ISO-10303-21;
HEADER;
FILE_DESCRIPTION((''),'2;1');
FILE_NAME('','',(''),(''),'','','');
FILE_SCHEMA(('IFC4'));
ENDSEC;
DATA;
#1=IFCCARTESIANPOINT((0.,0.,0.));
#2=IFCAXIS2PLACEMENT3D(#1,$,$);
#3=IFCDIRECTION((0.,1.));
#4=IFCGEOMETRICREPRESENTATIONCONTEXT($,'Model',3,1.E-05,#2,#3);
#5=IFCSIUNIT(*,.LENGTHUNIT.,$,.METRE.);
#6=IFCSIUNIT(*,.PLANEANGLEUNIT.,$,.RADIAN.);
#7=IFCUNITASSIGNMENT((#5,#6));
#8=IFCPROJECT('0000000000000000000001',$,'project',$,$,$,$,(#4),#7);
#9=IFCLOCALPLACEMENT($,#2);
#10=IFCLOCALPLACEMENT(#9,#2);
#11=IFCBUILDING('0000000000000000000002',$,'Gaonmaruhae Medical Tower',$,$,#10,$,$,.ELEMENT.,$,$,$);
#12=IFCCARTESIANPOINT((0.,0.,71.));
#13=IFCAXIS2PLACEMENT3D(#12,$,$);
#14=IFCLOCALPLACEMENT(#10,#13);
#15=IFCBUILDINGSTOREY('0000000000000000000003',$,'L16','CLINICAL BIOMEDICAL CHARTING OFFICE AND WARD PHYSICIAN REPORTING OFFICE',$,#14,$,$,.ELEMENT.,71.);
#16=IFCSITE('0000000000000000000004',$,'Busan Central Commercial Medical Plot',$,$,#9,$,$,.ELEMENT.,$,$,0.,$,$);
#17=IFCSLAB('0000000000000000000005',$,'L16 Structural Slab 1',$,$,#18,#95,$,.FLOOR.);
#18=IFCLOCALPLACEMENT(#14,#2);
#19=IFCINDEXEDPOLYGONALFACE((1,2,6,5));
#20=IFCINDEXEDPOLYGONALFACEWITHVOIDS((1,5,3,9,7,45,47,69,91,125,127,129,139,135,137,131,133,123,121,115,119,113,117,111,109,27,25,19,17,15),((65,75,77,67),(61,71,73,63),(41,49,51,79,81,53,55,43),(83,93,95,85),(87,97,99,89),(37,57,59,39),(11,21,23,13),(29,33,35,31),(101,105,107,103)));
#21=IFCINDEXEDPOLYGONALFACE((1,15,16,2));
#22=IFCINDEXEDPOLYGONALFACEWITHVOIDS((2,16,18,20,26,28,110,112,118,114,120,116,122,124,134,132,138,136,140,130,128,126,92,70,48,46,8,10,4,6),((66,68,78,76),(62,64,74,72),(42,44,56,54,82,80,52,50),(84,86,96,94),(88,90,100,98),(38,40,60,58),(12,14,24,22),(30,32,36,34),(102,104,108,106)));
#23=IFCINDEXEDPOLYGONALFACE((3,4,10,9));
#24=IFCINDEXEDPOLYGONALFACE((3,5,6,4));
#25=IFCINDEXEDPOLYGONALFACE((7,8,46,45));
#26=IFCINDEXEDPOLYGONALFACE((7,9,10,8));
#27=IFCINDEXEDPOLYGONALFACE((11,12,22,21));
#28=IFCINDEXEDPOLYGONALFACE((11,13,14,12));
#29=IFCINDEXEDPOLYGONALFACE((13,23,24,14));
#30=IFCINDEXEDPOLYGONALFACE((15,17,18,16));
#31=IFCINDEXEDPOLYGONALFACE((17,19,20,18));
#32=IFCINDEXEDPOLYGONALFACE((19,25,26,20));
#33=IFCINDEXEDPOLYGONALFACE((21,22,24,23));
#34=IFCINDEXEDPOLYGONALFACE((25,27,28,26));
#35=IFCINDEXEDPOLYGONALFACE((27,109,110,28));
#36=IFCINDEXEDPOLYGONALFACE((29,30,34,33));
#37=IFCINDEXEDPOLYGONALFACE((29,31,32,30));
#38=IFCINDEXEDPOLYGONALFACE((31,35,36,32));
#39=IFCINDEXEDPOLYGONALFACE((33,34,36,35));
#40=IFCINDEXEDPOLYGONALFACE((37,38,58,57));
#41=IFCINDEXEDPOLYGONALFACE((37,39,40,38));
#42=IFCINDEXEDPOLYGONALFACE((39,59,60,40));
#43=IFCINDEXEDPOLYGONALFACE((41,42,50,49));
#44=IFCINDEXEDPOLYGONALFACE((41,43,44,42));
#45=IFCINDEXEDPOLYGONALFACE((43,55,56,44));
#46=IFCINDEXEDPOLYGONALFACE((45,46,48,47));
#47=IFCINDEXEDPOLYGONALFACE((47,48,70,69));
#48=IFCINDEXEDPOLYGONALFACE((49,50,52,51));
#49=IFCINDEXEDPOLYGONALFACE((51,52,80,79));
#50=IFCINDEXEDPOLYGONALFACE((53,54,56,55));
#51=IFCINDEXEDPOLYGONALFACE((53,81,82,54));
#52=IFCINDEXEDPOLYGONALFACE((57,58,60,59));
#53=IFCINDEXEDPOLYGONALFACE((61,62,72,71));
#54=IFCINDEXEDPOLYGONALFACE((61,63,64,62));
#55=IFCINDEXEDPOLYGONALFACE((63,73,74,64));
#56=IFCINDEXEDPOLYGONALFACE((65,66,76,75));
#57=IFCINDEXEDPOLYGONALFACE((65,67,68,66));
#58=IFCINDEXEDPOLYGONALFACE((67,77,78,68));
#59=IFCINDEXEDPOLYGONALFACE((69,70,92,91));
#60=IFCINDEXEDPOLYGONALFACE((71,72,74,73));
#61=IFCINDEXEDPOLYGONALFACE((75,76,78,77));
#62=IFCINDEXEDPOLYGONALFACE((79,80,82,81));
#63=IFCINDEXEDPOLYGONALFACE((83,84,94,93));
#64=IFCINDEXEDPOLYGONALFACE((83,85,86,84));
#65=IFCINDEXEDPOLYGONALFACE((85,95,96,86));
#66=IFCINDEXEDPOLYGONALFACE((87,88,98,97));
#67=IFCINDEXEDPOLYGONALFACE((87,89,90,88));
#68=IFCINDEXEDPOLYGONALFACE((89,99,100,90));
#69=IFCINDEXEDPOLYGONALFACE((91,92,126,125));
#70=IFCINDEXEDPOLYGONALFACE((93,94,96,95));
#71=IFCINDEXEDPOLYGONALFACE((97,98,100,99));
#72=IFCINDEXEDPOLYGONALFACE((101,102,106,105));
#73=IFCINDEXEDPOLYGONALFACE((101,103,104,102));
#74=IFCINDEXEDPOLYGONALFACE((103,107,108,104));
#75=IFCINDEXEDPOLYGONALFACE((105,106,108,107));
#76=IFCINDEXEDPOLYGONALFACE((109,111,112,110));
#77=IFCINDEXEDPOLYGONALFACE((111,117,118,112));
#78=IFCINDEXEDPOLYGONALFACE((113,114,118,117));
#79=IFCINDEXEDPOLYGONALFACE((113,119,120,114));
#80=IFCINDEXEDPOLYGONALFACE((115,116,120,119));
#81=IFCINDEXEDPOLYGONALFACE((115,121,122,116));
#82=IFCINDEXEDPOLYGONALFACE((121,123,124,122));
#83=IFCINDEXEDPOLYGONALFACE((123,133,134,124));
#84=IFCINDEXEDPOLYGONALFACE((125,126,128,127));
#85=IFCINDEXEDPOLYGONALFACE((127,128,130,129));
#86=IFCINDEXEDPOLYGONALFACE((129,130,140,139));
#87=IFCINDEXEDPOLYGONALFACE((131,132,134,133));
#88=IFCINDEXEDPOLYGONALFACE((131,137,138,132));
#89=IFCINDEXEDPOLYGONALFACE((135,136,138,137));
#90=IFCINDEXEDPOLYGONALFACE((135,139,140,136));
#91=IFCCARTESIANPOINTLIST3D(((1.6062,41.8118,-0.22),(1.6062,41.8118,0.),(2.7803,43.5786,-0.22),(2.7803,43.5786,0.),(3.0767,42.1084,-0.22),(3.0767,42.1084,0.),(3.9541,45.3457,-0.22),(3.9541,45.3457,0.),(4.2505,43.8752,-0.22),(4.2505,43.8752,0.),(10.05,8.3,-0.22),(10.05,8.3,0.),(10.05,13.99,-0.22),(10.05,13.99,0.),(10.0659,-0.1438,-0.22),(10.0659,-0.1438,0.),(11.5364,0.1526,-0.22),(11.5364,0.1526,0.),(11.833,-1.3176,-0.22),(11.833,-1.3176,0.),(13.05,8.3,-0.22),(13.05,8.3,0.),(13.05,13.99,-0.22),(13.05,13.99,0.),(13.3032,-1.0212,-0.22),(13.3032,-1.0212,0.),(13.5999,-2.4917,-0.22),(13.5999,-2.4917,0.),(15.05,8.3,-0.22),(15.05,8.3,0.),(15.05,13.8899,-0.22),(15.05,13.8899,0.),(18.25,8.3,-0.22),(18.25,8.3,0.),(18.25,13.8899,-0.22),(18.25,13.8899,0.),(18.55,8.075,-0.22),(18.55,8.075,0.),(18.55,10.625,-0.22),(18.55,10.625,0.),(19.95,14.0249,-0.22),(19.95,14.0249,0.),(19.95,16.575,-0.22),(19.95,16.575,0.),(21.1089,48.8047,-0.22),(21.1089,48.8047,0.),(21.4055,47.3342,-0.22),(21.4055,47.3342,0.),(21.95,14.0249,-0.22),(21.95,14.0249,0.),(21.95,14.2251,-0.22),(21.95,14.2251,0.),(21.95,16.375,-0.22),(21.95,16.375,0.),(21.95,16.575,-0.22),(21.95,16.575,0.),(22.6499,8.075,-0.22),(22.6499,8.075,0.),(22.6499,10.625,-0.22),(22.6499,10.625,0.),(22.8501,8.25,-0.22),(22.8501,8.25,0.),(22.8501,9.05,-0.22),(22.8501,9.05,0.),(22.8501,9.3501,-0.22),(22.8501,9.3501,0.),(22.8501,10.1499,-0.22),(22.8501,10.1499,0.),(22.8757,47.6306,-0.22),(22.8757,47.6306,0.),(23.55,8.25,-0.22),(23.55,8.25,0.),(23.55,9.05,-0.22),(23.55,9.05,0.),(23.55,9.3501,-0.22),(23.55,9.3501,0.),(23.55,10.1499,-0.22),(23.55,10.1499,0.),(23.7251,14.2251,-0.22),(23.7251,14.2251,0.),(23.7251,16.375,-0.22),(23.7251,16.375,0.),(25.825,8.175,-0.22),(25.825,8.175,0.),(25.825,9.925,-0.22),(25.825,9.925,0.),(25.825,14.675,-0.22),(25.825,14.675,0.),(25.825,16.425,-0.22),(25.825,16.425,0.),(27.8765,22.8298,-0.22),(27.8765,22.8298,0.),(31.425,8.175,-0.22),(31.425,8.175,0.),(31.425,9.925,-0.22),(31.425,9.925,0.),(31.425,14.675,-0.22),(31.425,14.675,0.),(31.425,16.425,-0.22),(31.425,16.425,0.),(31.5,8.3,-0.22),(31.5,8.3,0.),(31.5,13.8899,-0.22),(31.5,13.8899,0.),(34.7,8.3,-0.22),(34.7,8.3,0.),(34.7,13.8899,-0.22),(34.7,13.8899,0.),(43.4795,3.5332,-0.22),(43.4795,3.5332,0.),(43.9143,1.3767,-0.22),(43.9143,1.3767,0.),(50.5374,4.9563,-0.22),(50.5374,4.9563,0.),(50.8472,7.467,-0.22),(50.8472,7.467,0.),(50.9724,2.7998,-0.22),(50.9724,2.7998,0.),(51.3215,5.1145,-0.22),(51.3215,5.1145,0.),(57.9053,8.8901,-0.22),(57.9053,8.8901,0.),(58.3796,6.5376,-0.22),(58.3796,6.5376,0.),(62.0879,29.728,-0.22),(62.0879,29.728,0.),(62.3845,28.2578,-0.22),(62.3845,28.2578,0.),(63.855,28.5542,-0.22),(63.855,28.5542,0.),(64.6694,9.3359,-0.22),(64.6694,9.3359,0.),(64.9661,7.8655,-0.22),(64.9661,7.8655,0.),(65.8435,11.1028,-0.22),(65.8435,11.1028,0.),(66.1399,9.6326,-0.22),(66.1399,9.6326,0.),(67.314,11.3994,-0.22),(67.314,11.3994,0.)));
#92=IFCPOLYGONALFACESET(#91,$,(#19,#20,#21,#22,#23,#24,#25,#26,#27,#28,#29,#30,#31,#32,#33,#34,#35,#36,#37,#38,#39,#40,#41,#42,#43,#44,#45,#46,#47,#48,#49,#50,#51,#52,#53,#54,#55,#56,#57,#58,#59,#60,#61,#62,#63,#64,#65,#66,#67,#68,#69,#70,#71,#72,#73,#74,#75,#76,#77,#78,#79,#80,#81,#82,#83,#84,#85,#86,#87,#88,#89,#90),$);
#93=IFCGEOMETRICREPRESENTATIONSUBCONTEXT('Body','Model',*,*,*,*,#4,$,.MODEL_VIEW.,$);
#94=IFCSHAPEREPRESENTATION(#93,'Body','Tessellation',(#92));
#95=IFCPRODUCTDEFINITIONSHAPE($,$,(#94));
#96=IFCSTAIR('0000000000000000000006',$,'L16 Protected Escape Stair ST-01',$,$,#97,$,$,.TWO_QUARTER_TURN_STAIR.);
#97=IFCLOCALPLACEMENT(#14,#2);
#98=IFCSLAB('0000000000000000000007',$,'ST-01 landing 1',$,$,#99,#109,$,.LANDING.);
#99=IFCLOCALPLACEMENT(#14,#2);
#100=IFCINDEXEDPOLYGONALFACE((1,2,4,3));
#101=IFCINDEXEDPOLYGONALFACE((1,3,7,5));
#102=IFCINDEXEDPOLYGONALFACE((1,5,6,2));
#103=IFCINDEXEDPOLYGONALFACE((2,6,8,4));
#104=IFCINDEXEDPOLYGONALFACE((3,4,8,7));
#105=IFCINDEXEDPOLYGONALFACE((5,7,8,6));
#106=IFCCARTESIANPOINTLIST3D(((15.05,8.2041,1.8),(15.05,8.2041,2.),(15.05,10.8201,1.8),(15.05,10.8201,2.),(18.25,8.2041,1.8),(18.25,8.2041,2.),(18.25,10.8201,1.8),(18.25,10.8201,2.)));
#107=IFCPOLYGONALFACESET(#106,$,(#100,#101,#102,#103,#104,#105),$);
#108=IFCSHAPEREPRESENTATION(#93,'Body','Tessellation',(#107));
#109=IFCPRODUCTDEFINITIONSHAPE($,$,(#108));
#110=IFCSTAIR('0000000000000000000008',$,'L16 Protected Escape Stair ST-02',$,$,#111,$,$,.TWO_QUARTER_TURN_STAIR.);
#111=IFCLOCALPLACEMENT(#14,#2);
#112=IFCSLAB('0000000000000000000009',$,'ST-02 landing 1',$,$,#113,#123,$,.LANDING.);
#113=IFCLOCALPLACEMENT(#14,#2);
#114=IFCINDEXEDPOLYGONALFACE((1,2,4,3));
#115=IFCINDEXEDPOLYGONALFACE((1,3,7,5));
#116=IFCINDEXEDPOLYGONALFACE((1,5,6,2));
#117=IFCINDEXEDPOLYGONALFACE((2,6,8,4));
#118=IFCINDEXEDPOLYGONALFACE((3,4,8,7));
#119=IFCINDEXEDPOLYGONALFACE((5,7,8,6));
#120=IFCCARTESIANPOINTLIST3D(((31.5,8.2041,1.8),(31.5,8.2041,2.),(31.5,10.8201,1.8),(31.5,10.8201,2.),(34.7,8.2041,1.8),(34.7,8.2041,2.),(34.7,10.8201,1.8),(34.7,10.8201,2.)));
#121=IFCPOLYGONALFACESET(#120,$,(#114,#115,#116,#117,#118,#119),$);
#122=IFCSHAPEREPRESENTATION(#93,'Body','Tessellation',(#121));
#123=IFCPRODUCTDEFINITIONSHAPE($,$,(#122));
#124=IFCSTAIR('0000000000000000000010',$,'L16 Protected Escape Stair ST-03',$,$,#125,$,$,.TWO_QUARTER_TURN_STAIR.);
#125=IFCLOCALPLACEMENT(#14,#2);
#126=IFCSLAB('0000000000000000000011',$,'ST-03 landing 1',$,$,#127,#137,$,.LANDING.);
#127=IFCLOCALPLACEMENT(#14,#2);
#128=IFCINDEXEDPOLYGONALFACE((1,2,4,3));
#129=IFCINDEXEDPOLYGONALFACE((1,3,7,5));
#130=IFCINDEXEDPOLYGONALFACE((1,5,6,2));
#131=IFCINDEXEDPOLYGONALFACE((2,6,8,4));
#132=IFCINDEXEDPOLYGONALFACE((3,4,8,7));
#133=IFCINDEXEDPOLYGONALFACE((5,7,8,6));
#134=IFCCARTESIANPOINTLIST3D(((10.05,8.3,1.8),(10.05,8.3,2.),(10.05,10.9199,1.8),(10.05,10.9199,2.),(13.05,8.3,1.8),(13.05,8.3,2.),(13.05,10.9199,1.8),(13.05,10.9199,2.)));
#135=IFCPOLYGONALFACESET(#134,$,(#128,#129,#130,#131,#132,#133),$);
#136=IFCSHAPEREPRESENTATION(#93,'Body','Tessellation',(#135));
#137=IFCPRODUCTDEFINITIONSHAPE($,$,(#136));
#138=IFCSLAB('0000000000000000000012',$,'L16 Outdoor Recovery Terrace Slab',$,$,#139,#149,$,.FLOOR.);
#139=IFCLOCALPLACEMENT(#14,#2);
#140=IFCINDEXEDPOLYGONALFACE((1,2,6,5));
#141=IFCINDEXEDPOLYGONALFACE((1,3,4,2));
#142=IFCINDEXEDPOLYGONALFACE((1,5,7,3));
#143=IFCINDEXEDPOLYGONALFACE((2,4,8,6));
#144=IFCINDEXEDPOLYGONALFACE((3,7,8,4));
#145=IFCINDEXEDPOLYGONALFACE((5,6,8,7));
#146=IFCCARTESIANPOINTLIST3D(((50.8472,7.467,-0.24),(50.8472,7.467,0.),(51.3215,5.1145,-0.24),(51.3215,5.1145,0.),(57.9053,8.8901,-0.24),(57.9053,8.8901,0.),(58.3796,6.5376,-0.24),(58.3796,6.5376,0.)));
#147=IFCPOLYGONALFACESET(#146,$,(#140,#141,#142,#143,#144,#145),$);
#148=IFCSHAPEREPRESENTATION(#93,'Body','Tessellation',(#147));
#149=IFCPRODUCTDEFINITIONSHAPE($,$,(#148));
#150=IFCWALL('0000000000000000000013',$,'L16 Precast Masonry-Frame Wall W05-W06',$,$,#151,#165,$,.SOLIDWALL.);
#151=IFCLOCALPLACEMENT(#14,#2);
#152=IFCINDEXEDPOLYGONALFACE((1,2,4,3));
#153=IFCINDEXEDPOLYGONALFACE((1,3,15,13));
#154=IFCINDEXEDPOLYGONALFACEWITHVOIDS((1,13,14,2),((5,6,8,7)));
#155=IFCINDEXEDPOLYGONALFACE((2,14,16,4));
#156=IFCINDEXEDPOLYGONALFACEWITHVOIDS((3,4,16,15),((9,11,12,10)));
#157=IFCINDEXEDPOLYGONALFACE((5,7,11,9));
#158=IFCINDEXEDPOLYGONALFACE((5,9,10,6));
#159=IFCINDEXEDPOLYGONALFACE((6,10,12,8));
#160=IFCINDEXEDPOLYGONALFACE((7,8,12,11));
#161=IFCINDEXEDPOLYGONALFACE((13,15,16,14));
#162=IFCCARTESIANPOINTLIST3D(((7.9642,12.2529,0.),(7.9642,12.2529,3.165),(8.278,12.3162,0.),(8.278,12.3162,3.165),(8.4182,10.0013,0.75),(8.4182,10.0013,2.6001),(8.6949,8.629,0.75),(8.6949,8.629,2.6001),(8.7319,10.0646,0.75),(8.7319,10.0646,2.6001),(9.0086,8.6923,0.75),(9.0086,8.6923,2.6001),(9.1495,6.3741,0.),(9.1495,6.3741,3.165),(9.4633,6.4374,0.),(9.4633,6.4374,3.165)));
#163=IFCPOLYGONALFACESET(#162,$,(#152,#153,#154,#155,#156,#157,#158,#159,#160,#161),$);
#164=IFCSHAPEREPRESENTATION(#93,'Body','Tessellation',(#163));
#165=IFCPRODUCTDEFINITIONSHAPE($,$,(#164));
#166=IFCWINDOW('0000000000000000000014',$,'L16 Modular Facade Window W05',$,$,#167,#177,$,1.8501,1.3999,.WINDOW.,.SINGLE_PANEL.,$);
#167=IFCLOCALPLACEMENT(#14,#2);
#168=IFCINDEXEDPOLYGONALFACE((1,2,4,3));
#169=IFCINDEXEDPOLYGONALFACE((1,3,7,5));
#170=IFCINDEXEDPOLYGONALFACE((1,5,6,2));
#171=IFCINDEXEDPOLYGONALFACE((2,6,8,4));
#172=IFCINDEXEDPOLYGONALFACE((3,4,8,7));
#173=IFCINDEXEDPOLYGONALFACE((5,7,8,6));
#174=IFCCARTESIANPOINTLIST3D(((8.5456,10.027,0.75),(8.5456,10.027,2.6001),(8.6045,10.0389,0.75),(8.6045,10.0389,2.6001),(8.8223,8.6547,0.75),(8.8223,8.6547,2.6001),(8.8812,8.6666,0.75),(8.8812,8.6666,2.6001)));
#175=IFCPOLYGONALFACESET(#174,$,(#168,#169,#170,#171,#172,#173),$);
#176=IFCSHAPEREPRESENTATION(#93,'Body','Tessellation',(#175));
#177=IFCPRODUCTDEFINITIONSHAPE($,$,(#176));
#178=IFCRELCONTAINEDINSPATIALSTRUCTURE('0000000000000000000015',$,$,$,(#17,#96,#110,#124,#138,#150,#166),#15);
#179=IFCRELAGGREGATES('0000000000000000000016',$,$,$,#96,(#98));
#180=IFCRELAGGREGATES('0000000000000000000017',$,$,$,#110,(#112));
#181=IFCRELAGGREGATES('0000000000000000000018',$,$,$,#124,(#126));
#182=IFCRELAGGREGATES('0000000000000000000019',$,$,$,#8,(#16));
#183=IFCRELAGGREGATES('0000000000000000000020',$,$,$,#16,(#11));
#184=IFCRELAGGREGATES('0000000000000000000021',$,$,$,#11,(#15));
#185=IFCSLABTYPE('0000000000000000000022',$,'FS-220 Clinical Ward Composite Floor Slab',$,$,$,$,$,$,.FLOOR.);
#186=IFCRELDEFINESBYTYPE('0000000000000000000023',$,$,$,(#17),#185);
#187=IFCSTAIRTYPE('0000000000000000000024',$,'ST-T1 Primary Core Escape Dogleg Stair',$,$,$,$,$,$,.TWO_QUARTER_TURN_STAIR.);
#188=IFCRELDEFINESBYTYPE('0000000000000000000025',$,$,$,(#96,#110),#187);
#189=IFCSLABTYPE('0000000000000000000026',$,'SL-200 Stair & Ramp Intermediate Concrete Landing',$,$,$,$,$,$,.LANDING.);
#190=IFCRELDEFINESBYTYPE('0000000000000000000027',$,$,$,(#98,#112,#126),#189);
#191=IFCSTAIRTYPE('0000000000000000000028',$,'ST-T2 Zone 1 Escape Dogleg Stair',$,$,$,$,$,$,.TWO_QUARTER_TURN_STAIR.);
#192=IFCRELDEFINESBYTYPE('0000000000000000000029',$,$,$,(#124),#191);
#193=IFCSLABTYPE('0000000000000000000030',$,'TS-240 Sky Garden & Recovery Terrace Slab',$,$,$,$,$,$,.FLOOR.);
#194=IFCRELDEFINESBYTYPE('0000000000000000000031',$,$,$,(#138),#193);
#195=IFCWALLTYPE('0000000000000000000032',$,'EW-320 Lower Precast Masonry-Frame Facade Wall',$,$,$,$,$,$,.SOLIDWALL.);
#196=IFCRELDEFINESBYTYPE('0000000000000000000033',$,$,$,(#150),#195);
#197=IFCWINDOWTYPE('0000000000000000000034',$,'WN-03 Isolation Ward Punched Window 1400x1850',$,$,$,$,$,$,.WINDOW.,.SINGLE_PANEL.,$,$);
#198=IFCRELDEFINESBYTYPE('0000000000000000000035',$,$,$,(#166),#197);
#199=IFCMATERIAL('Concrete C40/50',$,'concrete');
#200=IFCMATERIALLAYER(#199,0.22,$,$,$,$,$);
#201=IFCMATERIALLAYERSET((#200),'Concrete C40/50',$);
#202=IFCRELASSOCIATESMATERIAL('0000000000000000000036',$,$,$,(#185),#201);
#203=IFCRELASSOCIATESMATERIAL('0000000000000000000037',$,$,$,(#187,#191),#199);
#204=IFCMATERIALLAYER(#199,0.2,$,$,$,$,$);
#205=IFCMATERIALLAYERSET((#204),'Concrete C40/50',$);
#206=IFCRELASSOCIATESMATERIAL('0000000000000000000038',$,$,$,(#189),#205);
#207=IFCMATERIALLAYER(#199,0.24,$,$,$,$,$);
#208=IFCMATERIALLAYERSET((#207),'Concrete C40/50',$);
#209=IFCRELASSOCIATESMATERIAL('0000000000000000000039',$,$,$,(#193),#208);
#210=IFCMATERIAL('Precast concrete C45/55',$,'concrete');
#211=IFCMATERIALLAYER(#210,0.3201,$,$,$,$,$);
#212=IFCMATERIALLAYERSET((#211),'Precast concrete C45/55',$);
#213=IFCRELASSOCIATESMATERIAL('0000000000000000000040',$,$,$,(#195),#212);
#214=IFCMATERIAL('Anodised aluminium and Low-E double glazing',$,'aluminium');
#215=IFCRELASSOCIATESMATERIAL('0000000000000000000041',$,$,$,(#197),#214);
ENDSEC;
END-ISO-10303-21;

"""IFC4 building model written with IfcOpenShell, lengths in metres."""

from ifc_helpers import new_model, si_unit, direction, frame, frame_2d, origin, place, context, subcontext, project, spatial, polyline, rectangle, outline, extrude, material, layer, layer_set, type_object, element, fill, aggregate, save


model = new_model("IFC4")

# Units and contexts
model_context = context("Model", 3, precision=1e-05, world=origin(), true_north=direction((0.0, 1.0)))
body_context = subcontext(model_context, "Body", "Model", "MODEL_VIEW")
ifc_project = project(units=[si_unit("LENGTHUNIT", "METRE"), si_unit("PLANEANGLEUNIT", "RADIAN")], contexts=[model_context])

# Site, building, storey
site_placement = place(None, origin())
site = spatial("IfcSite", under=ifc_project, at=site_placement, Name="Busan Central Commercial Medical Plot", CompositionType="ELEMENT", RefElevation=0.0)
building_placement = place(site_placement, origin())
building = spatial("IfcBuilding", under=site, at=building_placement, Name="Gaonmaruhae Medical Tower", CompositionType="ELEMENT")
storey_placement = place(building_placement, frame((0.0, 0.0, 71.0)))
storey = spatial("IfcBuildingStorey", under=building, at=storey_placement, Name="L16", Description="CLINICAL BIOMEDICAL CHARTING OFFICE AND WARD PHYSICIAN REPORTING OFFICE", CompositionType="ELEMENT", Elevation=71.0)

# Slab
ifc_material_1 = material(Name="Concrete C40/50", Category="concrete")
ifc_layer_1 = layer(ifc_material_1, 0.22)
ifc_layer_set_1 = layer_set([ifc_layer_1], Name="Concrete C40/50")
slab_type_1 = type_object("IfcSlabType", Name="FS-220 Clinical Ward Composite Floor Slab", PredefinedType="FLOOR", material=ifc_layer_set_1)
slab_1_placement = place(storey_placement, frame((0.0, 0.0, -0.22)))
element("IfcSlab", 1, at=slab_1_placement, inside=storey, type_object=slab_type_1, Name="L16 Structural Slab 1", PredefinedType="FLOOR", context=body_context, shape_type="SweptSolid", body=[
    extrude(outline(polyline([(13.3032, -1.0212), (11.833, -1.3176), (11.5364, 0.1526), (10.0659, -0.1438), (1.6062, 41.8118), (3.0767, 42.1084), (2.7803, 43.5786), (4.2505, 43.8752), (3.9541, 45.3457), (21.1089, 48.8047), (21.4055, 47.3342), (22.8757, 47.6306), (27.8765, 22.8298), (62.0879, 29.728), (62.3845, 28.2578), (63.855, 28.5542), (67.314, 11.3994), (65.8435, 11.1028), (66.1399, 9.6326), (64.6694, 9.3359), (64.9661, 7.8655), (58.3796, 6.5376), (57.9053, 8.8901), (50.8472, 7.467), (51.3215, 5.1145), (50.5374, 4.9563), (50.9724, 2.7998), (43.9143, 1.3767), (43.4795, 3.5332), (13.5999, -2.4917), (13.3032, -1.0212)]), holes=[polyline([(23.55, 8.25), (22.8501, 8.25), (22.8501, 9.05), (23.55, 9.05), (23.55, 8.25)]), polyline([(25.825, 9.925), (31.425, 9.925), (31.425, 8.175), (25.825, 8.175), (25.825, 9.925)]), polyline([(22.6499, 10.625), (22.6499, 8.075), (18.55, 8.075), (18.55, 10.625), (22.6499, 10.625)]), polyline([(23.55, 9.3501), (22.8501, 9.3501), (22.8501, 10.1499), (23.55, 10.1499), (23.55, 9.3501)]), polyline([(15.05, 13.8899), (18.25, 13.8899), (18.25, 8.3), (15.05, 8.3), (15.05, 13.8899)]), polyline([(31.5, 13.8899), (34.7, 13.8899), (34.7, 8.3), (31.5, 8.3), (31.5, 13.8899)]), polyline([(10.05, 13.99), (13.05, 13.99), (13.05, 8.3), (10.05, 8.3), (10.05, 13.99)]), polyline([(21.95, 14.0249), (19.95, 14.0249), (19.95, 16.575), (21.95, 16.575), (21.95, 16.375), (23.7251, 16.375), (23.7251, 14.2251), (21.95, 14.2251), (21.95, 14.0249)]), polyline([(31.425, 16.425), (31.425, 14.675), (25.825, 14.675), (25.825, 16.425), (31.425, 16.425)])]), origin(), (0.0, 0.0, 1.0), 0.22),
])

# Stairs, slabs
stair_type_1 = type_object("IfcStairType", Name="ST-T1 Primary Core Escape Dogleg Stair", PredefinedType="TWO_QUARTER_TURN_STAIR", material=ifc_material_1)
stair_1_placement = place(storey_placement, origin())
stair_1 = element("IfcStair", 2, at=stair_1_placement, inside=storey, type_object=stair_type_1, Name="L16 Protected Escape Stair ST-01", PredefinedType="TWO_QUARTER_TURN_STAIR")
ifc_layer_2 = layer(ifc_material_1, 0.2)
ifc_layer_set_2 = layer_set([ifc_layer_2], Name="Concrete C40/50")
slab_type_2 = type_object("IfcSlabType", Name="SL-200 Stair & Ramp Intermediate Concrete Landing", PredefinedType="LANDING", material=ifc_layer_set_2)
slab_2_placement = place(storey_placement, frame((0.0, 0.0, 1.8)))
slab_2 = element("IfcSlab", 3, at=slab_2_placement, type_object=slab_type_2, Name="ST-01 landing 1", PredefinedType="LANDING", context=body_context, shape_type="SweptSolid", body=[
    extrude(outline(polyline([(15.05, 10.8201), (15.05, 8.2041), (18.25, 8.2041), (18.25, 10.8201), (15.05, 10.8201)])), origin(), (0.0, 0.0, 1.0), 0.2),
])
aggregate(stair_1, [slab_2])
stair_2_placement = place(storey_placement, origin())
stair_2 = element("IfcStair", 4, at=stair_2_placement, inside=storey, type_object=stair_type_1, Name="L16 Protected Escape Stair ST-02", PredefinedType="TWO_QUARTER_TURN_STAIR")
slab_3_placement = place(storey_placement, frame((0.0, 0.0, 1.8)))
slab_3 = element("IfcSlab", 5, at=slab_3_placement, type_object=slab_type_2, Name="ST-02 landing 1", PredefinedType="LANDING", context=body_context, shape_type="SweptSolid", body=[
    extrude(outline(polyline([(31.5, 10.8201), (31.5, 8.2041), (34.7, 8.2041), (34.7, 10.8201), (31.5, 10.8201)])), origin(), (0.0, 0.0, 1.0), 0.2),
])
aggregate(stair_2, [slab_3])
stair_type_2 = type_object("IfcStairType", Name="ST-T2 Zone 1 Escape Dogleg Stair", PredefinedType="TWO_QUARTER_TURN_STAIR", material=ifc_material_1)
stair_3_placement = place(storey_placement, origin())
stair_3 = element("IfcStair", 6, at=stair_3_placement, inside=storey, type_object=stair_type_2, Name="L16 Protected Escape Stair ST-03", PredefinedType="TWO_QUARTER_TURN_STAIR")
slab_4_placement = place(storey_placement, frame((0.0, 0.0, 1.8)))
slab_4 = element("IfcSlab", 7, at=slab_4_placement, type_object=slab_type_2, Name="ST-03 landing 1", PredefinedType="LANDING", context=body_context, shape_type="SweptSolid", body=[
    extrude(outline(polyline([(10.05, 10.9199), (10.05, 8.3), (13.05, 8.3), (13.05, 10.9199), (10.05, 10.9199)])), origin(), (0.0, 0.0, 1.0), 0.2),
])
aggregate(stair_3, [slab_4])

# Slab
ifc_layer_3 = layer(ifc_material_1, 0.24)
ifc_layer_set_3 = layer_set([ifc_layer_3], Name="Concrete C40/50")
slab_type_3 = type_object("IfcSlabType", Name="TS-240 Sky Garden & Recovery Terrace Slab", PredefinedType="FLOOR", material=ifc_layer_set_3)
slab_5_placement = place(storey_placement, frame((0.0, 0.0, -0.24)))
element("IfcSlab", 8, at=slab_5_placement, inside=storey, type_object=slab_type_3, Name="L16 Outdoor Recovery Terrace Slab", PredefinedType="FLOOR", context=body_context, shape_type="SweptSolid", body=[
    extrude(outline(polyline([(51.3215, 5.1145), (58.3796, 6.5376), (57.9053, 8.8901), (50.8472, 7.467), (51.3215, 5.1145)])), origin(), (0.0, 0.0, 1.0), 0.24),
])

# Wall, opening, window
ifc_material_2 = material(Name="Precast concrete C45/55", Category="concrete")
ifc_layer_4 = layer(ifc_material_2, 0.3201)
ifc_layer_set_4 = layer_set([ifc_layer_4], Name="Precast concrete C45/55")
wall_type_1 = type_object("IfcWallType", Name="EW-320 Lower Precast Masonry-Frame Facade Wall", PredefinedType="SOLIDWALL", material=ifc_layer_set_4)
wall_1_placement = place(storey_placement, frame((9.3064, 6.4058, 0.0), z_axis=(0.0, 0.0, 1.0), x_axis=(-0.19765, 0.980273, 0.0)))
wall_1 = element("IfcWall", 9, at=wall_1_placement, inside=storey, type_object=wall_type_1, Name="L16 Precast Masonry-Frame Wall W05-W06", PredefinedType="SOLIDWALL", context=body_context, shape_type="SweptSolid", body=[
    extrude(rectangle(XDim=5.9971, YDim=0.3201, at=frame_2d((2.9985, 0.0))), origin(), (0.0, 0.0, 1.0), 3.165),
])
opening_1_placement = place(wall_1_placement, frame((2.3003, 0.0, 0.75)))
opening_1 = element("IfcOpeningElement", 10, at=opening_1_placement, cuts=wall_1, PredefinedType="OPENING", context=body_context, shape_type="SweptSolid", body=[
    extrude(rectangle(XDim=1.3999, YDim=1.8501, at=frame_2d((0.7, 0.925))), frame((0.0, 0.1699, 0.0), z_axis=(0.0, -1.0, 0.0), x_axis=(1.0, 0.0, 0.0)), (0.0, 0.0, 1.0), 0.3401),
])
ifc_material_3 = material(Name="Anodised aluminium and Low-E double glazing", Category="aluminium")
window_type_1 = type_object("IfcWindowType", Name="WN-03 Isolation Ward Punched Window 1400x1850", PartitioningType="SINGLE_PANEL", PredefinedType="WINDOW", material=ifc_material_3)
window_1_placement = place(opening_1_placement, origin())
window_1 = element("IfcWindow", 11, at=window_1_placement, inside=storey, type_object=window_type_1, Name="L16 Modular Facade Window W05", OverallHeight=1.8501, OverallWidth=1.3999, PartitioningType="SINGLE_PANEL", PredefinedType="WINDOW", context=body_context, shape_type="SweptSolid", body=[
    extrude(rectangle(XDim=1.3999, YDim=1.8501, at=frame_2d((0.7, 0.925))), frame((0.0, 0.03, 0.0), z_axis=(0.0, -1.0, 0.0), x_axis=(1.0, 0.0, 0.0)), (0.0, 0.0, 1.0), 0.0601),
])
fill(opening_1, window_1)

save(model, "model.ifc")
